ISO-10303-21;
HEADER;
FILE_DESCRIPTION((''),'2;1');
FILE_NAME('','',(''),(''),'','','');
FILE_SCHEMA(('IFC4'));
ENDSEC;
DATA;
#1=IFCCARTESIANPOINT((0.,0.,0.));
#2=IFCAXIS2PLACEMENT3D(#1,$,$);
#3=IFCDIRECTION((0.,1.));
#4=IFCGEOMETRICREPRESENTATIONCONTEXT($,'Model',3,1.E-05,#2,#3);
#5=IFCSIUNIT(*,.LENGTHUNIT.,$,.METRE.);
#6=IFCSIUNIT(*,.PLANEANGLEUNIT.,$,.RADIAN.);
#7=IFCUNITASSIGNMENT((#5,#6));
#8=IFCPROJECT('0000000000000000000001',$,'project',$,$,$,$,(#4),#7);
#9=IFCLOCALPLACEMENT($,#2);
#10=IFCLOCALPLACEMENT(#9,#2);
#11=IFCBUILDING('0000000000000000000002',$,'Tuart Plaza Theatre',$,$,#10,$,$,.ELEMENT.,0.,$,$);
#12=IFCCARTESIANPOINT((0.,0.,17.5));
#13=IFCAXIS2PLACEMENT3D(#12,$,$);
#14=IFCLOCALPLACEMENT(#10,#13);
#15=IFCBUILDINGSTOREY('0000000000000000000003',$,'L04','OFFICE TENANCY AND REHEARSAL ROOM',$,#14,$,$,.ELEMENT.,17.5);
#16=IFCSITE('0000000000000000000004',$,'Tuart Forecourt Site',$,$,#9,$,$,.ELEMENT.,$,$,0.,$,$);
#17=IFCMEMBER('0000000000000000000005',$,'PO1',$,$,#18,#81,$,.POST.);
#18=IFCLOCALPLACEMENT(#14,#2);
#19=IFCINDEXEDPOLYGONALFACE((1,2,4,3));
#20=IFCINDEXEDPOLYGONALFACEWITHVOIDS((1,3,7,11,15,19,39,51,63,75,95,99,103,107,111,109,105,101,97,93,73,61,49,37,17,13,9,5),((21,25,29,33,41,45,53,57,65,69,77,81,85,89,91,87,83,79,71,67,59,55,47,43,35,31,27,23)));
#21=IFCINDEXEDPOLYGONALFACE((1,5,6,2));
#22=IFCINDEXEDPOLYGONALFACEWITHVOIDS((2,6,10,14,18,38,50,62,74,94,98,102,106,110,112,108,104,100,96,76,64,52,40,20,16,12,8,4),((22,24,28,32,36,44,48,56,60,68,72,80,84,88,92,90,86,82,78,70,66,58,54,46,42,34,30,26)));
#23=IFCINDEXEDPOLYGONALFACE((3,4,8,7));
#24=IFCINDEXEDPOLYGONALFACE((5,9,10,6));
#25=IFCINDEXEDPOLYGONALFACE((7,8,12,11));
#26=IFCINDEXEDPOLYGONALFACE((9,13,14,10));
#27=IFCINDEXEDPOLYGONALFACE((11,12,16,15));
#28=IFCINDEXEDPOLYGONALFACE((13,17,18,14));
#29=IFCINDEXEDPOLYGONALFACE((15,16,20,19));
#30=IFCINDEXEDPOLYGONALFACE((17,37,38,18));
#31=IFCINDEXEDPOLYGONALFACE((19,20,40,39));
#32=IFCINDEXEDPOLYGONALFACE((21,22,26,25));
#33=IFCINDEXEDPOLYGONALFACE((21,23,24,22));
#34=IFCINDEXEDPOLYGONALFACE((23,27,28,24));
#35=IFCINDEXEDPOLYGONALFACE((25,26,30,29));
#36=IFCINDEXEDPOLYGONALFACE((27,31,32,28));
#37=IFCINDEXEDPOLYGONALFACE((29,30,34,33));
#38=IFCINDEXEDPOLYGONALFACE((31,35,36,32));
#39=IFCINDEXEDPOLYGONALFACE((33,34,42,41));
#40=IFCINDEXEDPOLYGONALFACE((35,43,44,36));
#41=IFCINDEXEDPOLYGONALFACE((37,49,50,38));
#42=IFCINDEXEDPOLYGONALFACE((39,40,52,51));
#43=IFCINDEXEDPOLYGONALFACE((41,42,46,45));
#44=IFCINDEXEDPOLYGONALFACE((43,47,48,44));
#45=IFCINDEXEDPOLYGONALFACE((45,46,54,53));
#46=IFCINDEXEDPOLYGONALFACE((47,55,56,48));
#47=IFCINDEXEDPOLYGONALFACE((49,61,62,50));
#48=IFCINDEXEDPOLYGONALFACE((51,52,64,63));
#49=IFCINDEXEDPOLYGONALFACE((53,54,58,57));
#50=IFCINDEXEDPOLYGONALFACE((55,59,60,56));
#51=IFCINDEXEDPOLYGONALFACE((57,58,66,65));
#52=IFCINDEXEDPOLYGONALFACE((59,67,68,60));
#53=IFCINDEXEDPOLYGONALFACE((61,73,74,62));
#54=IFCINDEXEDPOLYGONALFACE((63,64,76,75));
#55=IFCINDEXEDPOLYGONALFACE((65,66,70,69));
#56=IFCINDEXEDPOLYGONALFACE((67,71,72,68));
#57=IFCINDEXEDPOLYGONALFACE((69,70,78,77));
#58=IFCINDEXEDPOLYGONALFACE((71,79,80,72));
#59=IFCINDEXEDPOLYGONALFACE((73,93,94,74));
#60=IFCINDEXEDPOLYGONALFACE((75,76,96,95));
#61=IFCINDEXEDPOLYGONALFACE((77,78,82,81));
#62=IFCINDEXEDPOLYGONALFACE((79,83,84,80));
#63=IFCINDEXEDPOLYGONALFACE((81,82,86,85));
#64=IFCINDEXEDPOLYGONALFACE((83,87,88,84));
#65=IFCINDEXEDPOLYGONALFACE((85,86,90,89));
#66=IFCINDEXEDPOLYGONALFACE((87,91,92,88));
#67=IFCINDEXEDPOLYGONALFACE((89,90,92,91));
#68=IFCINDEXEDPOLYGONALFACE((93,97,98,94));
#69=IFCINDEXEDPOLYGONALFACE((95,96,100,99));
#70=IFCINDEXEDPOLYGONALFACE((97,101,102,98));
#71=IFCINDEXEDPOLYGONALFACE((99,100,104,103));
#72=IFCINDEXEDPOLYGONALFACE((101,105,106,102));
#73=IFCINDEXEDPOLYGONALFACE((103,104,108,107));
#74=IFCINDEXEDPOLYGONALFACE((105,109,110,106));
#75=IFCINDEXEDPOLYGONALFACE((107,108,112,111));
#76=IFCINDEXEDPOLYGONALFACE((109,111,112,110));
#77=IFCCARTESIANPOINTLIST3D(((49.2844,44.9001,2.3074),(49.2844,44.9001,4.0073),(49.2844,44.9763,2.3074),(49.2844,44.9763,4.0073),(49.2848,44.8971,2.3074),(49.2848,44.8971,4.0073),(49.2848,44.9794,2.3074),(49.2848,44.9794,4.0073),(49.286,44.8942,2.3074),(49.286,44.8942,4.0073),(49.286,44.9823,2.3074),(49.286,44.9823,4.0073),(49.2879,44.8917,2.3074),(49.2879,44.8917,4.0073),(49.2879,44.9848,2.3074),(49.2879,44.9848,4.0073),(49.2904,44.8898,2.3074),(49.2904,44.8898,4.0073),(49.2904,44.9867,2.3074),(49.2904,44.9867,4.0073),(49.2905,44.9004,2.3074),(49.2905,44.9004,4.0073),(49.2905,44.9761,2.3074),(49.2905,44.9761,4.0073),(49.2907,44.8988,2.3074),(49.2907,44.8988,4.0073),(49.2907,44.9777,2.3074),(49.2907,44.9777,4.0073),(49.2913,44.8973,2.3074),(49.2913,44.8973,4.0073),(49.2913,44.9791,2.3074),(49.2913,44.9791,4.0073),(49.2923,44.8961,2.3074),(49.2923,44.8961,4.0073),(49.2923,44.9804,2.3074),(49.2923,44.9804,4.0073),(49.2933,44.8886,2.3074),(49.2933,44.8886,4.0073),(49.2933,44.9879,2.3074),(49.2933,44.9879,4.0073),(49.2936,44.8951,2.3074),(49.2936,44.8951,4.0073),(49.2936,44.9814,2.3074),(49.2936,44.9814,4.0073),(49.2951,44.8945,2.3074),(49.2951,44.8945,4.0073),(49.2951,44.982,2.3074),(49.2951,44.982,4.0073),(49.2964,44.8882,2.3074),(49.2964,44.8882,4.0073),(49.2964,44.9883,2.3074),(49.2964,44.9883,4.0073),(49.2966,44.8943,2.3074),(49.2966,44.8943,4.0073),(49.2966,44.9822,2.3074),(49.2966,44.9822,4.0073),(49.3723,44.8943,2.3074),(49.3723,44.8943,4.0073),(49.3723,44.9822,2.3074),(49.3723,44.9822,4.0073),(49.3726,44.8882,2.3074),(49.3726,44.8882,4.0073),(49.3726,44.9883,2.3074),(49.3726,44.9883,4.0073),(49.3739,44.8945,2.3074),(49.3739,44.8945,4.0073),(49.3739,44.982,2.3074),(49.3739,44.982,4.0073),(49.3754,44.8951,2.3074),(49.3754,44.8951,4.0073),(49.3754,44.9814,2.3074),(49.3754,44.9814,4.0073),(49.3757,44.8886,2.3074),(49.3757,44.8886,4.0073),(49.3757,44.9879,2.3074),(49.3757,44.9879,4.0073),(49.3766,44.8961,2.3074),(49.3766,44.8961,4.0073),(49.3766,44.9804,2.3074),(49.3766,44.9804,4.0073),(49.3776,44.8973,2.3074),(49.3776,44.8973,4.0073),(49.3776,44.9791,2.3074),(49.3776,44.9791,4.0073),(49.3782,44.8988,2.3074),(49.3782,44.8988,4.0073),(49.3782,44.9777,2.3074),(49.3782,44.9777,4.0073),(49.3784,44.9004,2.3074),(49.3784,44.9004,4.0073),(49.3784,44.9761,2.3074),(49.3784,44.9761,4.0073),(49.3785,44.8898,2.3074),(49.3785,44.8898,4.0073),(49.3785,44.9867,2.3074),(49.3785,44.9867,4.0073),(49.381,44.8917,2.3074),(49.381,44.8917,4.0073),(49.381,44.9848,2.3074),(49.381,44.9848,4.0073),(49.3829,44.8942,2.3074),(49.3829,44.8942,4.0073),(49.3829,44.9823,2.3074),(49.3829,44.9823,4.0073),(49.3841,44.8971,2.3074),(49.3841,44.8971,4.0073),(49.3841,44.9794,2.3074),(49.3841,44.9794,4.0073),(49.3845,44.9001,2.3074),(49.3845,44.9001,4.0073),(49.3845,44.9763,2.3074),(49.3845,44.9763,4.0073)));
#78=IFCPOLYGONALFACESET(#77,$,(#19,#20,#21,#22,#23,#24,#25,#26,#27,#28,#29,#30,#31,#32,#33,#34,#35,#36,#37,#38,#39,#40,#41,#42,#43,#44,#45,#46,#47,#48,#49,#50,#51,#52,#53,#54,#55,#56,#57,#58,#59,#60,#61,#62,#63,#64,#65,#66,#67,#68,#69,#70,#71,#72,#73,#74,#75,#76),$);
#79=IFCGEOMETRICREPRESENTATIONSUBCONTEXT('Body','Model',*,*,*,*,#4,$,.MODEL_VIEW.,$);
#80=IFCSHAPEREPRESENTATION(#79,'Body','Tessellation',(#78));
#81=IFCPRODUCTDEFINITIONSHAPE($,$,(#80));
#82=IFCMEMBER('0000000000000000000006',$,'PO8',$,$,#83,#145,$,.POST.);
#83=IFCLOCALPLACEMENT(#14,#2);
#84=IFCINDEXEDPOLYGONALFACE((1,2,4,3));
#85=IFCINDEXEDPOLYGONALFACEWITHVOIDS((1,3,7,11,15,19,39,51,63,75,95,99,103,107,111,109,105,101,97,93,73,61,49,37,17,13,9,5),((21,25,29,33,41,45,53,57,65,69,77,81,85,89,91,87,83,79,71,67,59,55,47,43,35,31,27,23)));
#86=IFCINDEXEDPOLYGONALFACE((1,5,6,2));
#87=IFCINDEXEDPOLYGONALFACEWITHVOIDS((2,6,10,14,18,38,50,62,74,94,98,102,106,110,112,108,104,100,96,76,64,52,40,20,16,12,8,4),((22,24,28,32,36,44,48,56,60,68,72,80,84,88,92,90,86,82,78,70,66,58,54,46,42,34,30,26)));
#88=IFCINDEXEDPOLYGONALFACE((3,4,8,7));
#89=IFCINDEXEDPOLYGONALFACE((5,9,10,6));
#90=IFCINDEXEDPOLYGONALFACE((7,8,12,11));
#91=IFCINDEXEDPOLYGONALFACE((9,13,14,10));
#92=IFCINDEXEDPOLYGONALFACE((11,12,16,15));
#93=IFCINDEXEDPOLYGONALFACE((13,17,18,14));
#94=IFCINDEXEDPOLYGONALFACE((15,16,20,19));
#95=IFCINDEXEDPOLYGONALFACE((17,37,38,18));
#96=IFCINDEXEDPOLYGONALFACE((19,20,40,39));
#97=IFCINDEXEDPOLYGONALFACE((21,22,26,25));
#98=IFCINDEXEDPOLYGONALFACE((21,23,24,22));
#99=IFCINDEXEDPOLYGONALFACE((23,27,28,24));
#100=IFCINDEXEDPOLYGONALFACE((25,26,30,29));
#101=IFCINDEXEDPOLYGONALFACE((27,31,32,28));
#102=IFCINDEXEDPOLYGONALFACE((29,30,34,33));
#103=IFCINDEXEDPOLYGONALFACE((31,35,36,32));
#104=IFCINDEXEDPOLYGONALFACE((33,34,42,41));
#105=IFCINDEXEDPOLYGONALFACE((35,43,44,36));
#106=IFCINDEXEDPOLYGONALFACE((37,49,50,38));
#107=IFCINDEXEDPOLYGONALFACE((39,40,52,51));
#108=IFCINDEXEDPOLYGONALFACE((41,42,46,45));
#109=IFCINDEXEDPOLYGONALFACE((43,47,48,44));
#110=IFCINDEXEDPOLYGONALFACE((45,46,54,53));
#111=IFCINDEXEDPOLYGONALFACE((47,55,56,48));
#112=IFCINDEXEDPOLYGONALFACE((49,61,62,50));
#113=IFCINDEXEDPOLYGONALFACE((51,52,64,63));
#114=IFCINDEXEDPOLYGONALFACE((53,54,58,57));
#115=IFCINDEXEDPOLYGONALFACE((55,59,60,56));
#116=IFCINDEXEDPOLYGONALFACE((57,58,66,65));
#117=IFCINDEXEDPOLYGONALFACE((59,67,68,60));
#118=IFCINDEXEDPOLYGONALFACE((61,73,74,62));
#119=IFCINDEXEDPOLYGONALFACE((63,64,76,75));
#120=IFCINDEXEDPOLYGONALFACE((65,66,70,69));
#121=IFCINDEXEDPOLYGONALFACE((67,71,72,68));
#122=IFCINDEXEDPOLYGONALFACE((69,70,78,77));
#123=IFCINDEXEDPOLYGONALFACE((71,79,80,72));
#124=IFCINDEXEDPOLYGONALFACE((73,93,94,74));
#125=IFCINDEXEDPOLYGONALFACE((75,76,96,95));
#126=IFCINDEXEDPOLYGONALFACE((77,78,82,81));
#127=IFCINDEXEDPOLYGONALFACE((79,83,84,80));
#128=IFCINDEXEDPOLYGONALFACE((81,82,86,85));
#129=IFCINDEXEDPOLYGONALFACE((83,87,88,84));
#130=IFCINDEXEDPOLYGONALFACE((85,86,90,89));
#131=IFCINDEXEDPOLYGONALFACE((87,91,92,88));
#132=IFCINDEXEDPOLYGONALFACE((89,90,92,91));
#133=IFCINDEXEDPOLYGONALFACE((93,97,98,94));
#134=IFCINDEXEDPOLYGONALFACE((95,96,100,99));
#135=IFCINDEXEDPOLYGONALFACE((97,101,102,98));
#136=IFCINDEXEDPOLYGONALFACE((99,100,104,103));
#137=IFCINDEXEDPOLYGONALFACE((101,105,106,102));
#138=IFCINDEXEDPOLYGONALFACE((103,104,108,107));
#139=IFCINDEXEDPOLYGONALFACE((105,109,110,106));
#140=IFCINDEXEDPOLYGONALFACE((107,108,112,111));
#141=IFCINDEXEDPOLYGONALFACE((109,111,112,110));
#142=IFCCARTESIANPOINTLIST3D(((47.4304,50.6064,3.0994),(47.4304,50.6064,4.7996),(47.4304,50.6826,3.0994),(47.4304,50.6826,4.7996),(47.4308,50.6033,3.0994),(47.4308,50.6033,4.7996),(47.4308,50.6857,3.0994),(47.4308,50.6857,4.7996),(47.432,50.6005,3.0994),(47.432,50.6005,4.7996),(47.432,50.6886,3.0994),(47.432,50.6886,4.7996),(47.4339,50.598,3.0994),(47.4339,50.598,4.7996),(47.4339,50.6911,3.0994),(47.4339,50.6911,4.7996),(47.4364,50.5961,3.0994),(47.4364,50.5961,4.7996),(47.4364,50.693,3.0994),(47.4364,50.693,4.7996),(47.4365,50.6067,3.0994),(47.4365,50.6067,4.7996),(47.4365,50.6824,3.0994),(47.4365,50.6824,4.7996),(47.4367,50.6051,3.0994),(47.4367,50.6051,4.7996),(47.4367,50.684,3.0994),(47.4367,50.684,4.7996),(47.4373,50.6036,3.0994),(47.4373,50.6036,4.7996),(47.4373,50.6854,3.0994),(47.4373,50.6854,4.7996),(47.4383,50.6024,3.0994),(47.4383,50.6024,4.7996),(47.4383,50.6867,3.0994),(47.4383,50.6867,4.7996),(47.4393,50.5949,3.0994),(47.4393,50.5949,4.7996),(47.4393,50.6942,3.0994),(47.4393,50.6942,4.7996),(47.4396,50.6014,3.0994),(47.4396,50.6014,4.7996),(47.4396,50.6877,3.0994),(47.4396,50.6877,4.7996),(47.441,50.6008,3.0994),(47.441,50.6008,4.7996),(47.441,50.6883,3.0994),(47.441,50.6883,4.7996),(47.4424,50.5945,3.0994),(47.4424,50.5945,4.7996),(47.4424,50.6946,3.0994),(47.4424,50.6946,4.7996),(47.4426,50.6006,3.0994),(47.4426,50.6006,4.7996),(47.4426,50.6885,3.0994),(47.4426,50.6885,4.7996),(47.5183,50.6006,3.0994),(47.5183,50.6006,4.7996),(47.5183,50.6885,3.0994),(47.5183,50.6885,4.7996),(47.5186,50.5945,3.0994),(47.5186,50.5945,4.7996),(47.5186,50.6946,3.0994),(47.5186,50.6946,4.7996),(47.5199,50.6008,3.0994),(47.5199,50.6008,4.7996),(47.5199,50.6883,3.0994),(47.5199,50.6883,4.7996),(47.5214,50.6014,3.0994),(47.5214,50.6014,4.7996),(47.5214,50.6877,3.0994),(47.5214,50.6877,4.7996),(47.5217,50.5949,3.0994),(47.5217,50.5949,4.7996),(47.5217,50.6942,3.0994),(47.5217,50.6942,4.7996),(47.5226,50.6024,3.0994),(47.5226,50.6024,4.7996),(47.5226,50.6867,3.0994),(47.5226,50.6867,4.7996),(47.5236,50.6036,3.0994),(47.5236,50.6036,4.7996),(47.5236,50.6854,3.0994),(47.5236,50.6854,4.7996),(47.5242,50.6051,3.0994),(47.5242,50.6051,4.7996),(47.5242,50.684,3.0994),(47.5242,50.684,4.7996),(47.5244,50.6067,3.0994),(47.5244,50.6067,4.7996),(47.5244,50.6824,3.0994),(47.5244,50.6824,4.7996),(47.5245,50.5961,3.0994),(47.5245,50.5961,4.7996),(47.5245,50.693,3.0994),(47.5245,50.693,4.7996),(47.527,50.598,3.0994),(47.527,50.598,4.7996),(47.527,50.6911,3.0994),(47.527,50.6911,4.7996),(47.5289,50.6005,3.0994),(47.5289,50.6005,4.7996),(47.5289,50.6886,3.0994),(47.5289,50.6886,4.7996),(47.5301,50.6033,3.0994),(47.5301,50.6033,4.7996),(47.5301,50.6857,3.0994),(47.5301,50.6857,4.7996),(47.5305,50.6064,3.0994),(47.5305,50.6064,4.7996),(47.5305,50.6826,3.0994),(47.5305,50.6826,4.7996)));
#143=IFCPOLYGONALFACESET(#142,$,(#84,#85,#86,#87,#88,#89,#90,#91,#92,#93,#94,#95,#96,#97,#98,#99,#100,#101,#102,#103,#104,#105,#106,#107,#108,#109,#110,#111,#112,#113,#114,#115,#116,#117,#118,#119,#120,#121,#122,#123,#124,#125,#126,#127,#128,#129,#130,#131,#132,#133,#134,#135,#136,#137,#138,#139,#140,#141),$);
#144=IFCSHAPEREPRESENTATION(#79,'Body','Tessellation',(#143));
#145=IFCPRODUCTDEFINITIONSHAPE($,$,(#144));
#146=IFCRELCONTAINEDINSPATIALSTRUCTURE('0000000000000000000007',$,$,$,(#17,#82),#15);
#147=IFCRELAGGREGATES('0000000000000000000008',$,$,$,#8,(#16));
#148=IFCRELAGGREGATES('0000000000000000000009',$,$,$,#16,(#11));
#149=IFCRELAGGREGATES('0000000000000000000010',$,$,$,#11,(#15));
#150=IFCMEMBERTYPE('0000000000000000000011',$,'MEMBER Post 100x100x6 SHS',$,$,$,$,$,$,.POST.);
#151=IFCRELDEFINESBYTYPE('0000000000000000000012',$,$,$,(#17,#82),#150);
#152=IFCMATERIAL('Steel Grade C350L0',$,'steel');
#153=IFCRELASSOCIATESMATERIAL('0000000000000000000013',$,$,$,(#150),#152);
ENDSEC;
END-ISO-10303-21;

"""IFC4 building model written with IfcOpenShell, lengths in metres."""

from ifc_helpers import new_model, si_unit, direction, frame, origin, origin_2d, place, context, subcontext, project, spatial, hollow_rectangle, extrude, material, material_profile, profile_set, type_object, element, save


model = new_model("IFC4")

# Units and contexts
model_context = context("Model", 3, precision=1e-05, world=origin(), true_north=direction((0.0, 1.0)))
body_context = subcontext(model_context, "Body", "Model", "MODEL_VIEW")
ifc_project = project(units=[si_unit("LENGTHUNIT", "METRE"), si_unit("PLANEANGLEUNIT", "RADIAN")], contexts=[model_context])

# Site, building, storey
site_placement = place(None, origin())
site = spatial("IfcSite", under=ifc_project, at=site_placement, Name="Tuart Forecourt Site", CompositionType="ELEMENT", RefElevation=0.0)
building_placement = place(site_placement, origin())
building = spatial("IfcBuilding", under=site, at=building_placement, Name="Tuart Plaza Theatre", CompositionType="ELEMENT", ElevationOfRefHeight=0.0)
storey_placement = place(building_placement, frame((0.0, 0.0, 17.5)))
storey = spatial("IfcBuildingStorey", under=building, at=storey_placement, Name="L04", Description="OFFICE TENANCY AND REHEARSAL ROOM", CompositionType="ELEMENT", Elevation=17.5)

# Members
ifc_material_1 = material(Name="Steel Grade C350L0", Category="steel")
ifc_material_profile_1 = material_profile(ifc_material_1, hollow_rectangle(XDim=0.1001, YDim=0.1001, WallThickness=0.0061, InnerFilletRadius=0.0061, OuterFilletRadius=0.012, at=origin_2d()), Name="100x100x6 SHS")
ifc_profile_set_1 = profile_set([ifc_material_profile_1], Name="Steel Grade C350L0")
member_type_1 = type_object("IfcMemberType", Name="MEMBER Post 100x100x6 SHS", PredefinedType="POST", material=ifc_profile_set_1)
member_1_placement = place(storey_placement, frame((49.3345, 44.9382, 2.3074), z_axis=(0.0, 0.0, 1.0), x_axis=(1.0, 0.0, 0.0)))
element("IfcMember", 1, at=member_1_placement, inside=storey, type_object=member_type_1, Name="PO1", PredefinedType="POST", context=body_context, shape_type="SweptSolid", body=[
    extrude(hollow_rectangle(XDim=0.1001, YDim=0.1001, WallThickness=0.0061, InnerFilletRadius=0.0061, OuterFilletRadius=0.012, at=origin_2d()), origin(), (0.0, 0.0, 1.0), 1.7),
])
for number, where, z_axis, x_axis, name in (
    (2, (47.4805, 50.6445, 3.0994), (0.0, 0.0, 1.0), (1.0, 0.0, 0.0), "PO8"),
):
    element("IfcMember", number, at=place(storey_placement, frame(where, z_axis=z_axis, x_axis=x_axis)), inside=storey, type_object=member_type_1, Name=name, PredefinedType="POST", context=body_context, shape_type="SweptSolid", body=[
        extrude(hollow_rectangle(XDim=0.1001, YDim=0.1001, WallThickness=0.0061, InnerFilletRadius=0.0061, OuterFilletRadius=0.012, at=origin_2d()), origin(), (0.0, 0.0, 1.0), 1.7002),
    ])

save(model, "model.ifc")
